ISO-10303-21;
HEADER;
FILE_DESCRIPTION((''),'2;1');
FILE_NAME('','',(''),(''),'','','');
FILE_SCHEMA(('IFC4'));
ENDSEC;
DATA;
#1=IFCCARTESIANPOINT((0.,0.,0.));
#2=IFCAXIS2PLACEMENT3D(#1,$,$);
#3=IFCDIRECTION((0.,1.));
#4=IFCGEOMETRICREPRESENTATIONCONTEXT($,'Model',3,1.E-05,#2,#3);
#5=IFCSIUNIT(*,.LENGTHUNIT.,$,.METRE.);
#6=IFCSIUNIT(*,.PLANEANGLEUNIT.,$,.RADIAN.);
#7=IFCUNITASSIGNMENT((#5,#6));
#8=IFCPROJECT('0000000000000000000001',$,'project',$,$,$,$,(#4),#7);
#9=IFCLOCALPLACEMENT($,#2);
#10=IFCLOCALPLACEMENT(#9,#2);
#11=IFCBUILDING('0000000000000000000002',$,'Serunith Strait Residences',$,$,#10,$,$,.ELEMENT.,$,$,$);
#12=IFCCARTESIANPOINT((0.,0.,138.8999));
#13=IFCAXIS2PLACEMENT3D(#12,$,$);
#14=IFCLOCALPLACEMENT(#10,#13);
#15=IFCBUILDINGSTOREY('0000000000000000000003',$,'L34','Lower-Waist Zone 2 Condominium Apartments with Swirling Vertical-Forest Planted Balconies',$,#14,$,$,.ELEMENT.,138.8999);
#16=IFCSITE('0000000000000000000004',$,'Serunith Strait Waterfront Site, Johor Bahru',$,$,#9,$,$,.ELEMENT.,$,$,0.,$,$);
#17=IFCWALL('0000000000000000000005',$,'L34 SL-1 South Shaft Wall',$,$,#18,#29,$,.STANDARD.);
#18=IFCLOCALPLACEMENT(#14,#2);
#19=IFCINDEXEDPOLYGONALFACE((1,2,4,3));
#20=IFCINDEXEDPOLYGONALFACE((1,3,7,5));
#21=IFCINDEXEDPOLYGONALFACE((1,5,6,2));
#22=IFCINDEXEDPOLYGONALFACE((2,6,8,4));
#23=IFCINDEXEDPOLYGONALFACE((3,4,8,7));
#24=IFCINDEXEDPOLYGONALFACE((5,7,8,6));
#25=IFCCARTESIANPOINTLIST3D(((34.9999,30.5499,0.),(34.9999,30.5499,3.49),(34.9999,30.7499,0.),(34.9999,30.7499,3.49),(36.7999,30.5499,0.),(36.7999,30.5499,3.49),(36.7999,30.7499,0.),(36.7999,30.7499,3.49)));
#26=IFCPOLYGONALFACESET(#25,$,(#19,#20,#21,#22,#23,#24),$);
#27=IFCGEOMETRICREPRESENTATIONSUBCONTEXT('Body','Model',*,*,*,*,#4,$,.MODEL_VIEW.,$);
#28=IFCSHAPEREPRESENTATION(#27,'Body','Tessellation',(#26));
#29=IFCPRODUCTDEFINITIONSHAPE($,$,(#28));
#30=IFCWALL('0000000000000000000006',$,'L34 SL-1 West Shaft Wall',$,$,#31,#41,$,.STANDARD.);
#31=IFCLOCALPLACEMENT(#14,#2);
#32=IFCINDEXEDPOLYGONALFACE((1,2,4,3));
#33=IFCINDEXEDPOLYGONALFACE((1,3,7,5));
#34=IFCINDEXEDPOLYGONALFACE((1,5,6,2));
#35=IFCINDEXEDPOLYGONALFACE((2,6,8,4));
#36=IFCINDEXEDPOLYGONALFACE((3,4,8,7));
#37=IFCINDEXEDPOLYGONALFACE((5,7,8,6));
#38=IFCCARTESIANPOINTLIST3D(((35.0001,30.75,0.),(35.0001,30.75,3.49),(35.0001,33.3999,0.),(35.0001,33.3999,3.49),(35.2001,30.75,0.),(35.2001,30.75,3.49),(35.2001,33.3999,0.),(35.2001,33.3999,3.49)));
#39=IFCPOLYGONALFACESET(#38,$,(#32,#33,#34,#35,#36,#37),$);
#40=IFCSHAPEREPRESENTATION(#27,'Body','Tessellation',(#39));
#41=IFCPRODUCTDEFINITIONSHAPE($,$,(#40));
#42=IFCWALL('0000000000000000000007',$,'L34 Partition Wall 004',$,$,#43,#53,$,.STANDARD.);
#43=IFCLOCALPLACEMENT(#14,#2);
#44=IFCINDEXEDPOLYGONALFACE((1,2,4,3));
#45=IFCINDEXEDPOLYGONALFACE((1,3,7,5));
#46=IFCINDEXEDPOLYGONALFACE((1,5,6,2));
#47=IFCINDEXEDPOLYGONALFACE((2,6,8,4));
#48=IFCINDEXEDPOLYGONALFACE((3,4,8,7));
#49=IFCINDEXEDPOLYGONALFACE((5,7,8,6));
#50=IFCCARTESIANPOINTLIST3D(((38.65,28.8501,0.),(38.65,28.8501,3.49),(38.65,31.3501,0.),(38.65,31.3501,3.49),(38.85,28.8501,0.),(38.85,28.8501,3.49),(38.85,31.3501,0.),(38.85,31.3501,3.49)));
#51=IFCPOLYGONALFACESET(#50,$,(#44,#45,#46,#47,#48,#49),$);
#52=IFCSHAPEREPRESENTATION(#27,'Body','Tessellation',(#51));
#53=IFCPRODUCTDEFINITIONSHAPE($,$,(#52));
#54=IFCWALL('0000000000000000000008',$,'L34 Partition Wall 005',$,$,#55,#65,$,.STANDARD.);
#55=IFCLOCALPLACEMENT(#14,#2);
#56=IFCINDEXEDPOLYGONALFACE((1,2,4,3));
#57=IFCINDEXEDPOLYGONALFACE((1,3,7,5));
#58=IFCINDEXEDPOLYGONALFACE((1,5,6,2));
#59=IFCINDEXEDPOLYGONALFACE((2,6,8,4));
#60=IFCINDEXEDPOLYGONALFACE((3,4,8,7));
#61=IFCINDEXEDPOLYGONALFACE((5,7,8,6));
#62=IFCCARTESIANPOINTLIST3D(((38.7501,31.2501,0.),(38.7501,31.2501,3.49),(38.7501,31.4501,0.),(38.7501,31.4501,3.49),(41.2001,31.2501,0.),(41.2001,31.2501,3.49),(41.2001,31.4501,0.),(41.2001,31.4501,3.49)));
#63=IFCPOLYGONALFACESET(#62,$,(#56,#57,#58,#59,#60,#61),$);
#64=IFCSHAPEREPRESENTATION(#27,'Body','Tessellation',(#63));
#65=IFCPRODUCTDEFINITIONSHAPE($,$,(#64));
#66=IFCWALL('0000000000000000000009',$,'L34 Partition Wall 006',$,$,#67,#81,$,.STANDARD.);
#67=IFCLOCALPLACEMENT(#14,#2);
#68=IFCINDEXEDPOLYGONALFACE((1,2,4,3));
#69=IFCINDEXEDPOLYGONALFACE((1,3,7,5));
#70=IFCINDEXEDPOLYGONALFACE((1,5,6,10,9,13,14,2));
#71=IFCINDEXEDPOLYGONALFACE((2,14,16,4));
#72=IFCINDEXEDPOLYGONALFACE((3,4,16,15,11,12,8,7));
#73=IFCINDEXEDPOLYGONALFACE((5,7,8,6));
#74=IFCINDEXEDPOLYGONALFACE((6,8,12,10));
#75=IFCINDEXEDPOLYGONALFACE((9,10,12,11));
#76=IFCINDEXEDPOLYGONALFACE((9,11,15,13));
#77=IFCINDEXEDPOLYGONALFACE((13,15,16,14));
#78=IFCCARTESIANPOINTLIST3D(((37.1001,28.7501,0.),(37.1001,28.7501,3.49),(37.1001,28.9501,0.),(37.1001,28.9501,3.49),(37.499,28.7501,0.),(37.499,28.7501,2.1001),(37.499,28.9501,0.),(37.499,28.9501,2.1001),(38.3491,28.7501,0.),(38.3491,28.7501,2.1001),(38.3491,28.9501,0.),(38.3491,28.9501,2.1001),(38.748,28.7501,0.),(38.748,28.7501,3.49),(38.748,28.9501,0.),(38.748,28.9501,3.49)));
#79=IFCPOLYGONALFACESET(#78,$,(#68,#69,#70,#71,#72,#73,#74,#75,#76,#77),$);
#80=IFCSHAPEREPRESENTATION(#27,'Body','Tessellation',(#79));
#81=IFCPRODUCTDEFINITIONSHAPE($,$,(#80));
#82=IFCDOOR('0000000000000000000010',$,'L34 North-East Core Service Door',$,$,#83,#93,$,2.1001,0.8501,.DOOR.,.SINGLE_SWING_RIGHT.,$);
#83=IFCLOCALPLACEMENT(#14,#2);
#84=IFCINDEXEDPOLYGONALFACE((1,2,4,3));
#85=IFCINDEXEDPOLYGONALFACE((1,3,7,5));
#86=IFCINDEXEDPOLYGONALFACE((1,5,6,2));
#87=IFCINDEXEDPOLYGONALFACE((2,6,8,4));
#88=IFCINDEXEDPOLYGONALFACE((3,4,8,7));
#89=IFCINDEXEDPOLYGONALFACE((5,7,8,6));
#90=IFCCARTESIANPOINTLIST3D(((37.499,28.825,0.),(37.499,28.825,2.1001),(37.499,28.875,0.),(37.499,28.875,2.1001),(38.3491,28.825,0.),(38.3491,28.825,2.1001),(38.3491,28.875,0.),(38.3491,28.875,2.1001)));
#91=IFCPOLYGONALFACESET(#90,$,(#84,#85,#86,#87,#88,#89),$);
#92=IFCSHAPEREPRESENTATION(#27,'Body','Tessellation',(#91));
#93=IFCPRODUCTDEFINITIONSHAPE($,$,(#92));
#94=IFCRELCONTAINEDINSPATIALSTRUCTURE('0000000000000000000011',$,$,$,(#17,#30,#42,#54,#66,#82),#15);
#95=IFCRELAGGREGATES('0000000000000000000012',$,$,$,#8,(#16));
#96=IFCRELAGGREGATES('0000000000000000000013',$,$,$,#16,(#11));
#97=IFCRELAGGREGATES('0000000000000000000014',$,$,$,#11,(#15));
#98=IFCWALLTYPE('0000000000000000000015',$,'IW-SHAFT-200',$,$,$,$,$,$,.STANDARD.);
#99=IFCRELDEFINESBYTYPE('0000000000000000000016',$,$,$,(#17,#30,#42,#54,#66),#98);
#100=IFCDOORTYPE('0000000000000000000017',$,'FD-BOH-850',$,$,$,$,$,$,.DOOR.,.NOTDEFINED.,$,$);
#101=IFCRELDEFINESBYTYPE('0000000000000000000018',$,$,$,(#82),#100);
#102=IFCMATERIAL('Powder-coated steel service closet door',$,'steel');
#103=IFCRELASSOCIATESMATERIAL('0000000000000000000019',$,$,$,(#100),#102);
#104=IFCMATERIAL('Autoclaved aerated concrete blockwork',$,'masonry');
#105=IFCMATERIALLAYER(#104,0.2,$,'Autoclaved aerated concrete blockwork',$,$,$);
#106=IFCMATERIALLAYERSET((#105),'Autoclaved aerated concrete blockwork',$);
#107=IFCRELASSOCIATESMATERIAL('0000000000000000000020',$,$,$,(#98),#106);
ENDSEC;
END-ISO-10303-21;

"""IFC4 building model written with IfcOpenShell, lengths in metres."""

from ifc_helpers import new_model, si_unit, direction, frame, frame_2d, origin, place, context, subcontext, project, spatial, rectangle, extrude, source, transform, mapped, material, layer, layer_set, type_object, element, fill, save


model = new_model("IFC4")

# Units and contexts
model_context = context("Model", 3, precision=1e-05, world=origin(), true_north=direction((0.0, 1.0)))
body_context = subcontext(model_context, "Body", "Model", "MODEL_VIEW")
ifc_project = project(units=[si_unit("LENGTHUNIT", "METRE"), si_unit("PLANEANGLEUNIT", "RADIAN")], contexts=[model_context])

# Site, building, storey
site_placement = place(None, origin())
site = spatial("IfcSite", under=ifc_project, at=site_placement, Name="Serunith Strait Waterfront Site, Johor Bahru", CompositionType="ELEMENT", RefElevation=0.0)
building_placement = place(site_placement, origin())
building = spatial("IfcBuilding", under=site, at=building_placement, Name="Serunith Strait Residences", CompositionType="ELEMENT")
storey_placement = place(building_placement, frame((0.0, 0.0, 138.8999)))
storey = spatial("IfcBuildingStorey", under=building, at=storey_placement, Name="L34", Description="Lower-Waist Zone 2 Condominium Apartments with Swirling Vertical-Forest Planted Balconies", CompositionType="ELEMENT", Elevation=138.8999)

# Shared definitions
ifc_material_1 = material(Name="Powder-coated steel service closet door", Category="steel")
door_type_1 = type_object("IfcDoorType", Name="FD-BOH-850", OperationType="NOTDEFINED", PredefinedType="DOOR", material=ifc_material_1)
shared_shape_1 = source(origin(), body_context, "Body", "SweptSolid", [
    extrude(rectangle(XDim=0.8501, YDim=2.1001, at=frame_2d((0.425, 1.05))), frame((0.0, 0.0249, 0.0), z_axis=(0.0, -1.0, 0.0), x_axis=(1.0, 0.0, 0.0)), (0.0, 0.0, 1.0), 0.05),
])
ifc_material_2 = material(Name="Autoclaved aerated concrete blockwork", Category="masonry")
ifc_layer_1 = layer(ifc_material_2, 0.2, Name="Autoclaved aerated concrete blockwork")
ifc_layer_set_1 = layer_set([ifc_layer_1], Name="Autoclaved aerated concrete blockwork")
wall_type_1 = type_object("IfcWallType", Name="IW-SHAFT-200", PredefinedType="STANDARD", material=ifc_layer_set_1)

# Walls
wall_1_placement = place(storey_placement, frame((35.0, 30.6499, 0.0), z_axis=(0.0, 0.0, 1.0), x_axis=(1.0, 0.0, 0.0)))
element("IfcWall", 1, at=wall_1_placement, inside=storey, type_object=wall_type_1, Name="L34 SL-1 South Shaft Wall", PredefinedType="STANDARD", context=body_context, shape_type="SweptSolid", body=[
    extrude(rectangle(XDim=1.8, YDim=0.2, at=frame_2d((0.8999, 0.0))), origin(), (0.0, 0.0, 1.0), 3.49),
])
wall_2_placement = place(storey_placement, frame((35.1001, 30.75, 0.0), z_axis=(0.0, 0.0, 1.0), x_axis=(0.0, 1.0, 0.0)))
element("IfcWall", 2, at=wall_2_placement, inside=storey, type_object=wall_type_1, Name="L34 SL-1 West Shaft Wall", PredefinedType="STANDARD", context=body_context, shape_type="SweptSolid", body=[
    extrude(rectangle(XDim=2.6499, YDim=0.2, at=frame_2d((1.325, 0.0))), origin(), (0.0, 0.0, 1.0), 3.49),
])
wall_3_placement = place(storey_placement, frame((38.75, 28.8501, 0.0), z_axis=(0.0, 0.0, 1.0), x_axis=(0.0, 1.0, 0.0)))
element("IfcWall", 3, at=wall_3_placement, inside=storey, type_object=wall_type_1, Name="L34 Partition Wall 004", PredefinedType="STANDARD", context=body_context, shape_type="SweptSolid", body=[
    extrude(rectangle(XDim=2.5, YDim=0.2, at=frame_2d((1.25, 0.0))), origin(), (0.0, 0.0, 1.0), 3.49),
])
wall_4_placement = place(storey_placement, frame((38.75, 31.3501, 0.0), z_axis=(0.0, 0.0, 1.0), x_axis=(1.0, 0.0, 0.0)))
element("IfcWall", 4, at=wall_4_placement, inside=storey, type_object=wall_type_1, Name="L34 Partition Wall 005", PredefinedType="STANDARD", context=body_context, shape_type="SweptSolid", body=[
    extrude(rectangle(XDim=2.45, YDim=0.2, at=frame_2d((1.2251, 0.0))), origin(), (0.0, 0.0, 1.0), 3.49),
])

# Wall, opening, door
wall_5_placement = place(storey_placement, frame((37.1001, 28.8501, 0.0), z_axis=(0.0, 0.0, 1.0), x_axis=(1.0, 0.0, 0.0)))
wall_5 = element("IfcWall", 5, at=wall_5_placement, inside=storey, type_object=wall_type_1, Name="L34 Partition Wall 006", PredefinedType="STANDARD", context=body_context, shape_type="SweptSolid", body=[
    extrude(rectangle(XDim=1.6479, YDim=0.2, at=frame_2d((0.824, 0.0))), origin(), (0.0, 0.0, 1.0), 3.49),
])
opening_1_placement = place(wall_5_placement, frame((0.3989, 0.0, 0.0)))
opening_1 = element("IfcOpeningElement", 6, at=opening_1_placement, cuts=wall_5, PredefinedType="OPENING", context=body_context, shape_type="SweptSolid", body=[
    extrude(rectangle(XDim=0.8501, YDim=2.1001, at=frame_2d((0.425, 1.05))), frame((0.0, 0.1099, 0.0), z_axis=(0.0, -1.0, 0.0), x_axis=(1.0, 0.0, 0.0)), (0.0, 0.0, 1.0), 0.22),
])
door_1_placement = place(opening_1_placement, origin())
door_1 = element("IfcDoor", 7, at=door_1_placement, inside=storey, type_object=door_type_1, Name="L34 North-East Core Service Door", OperationType="SINGLE_SWING_RIGHT", OverallHeight=2.1001, OverallWidth=0.8501, PredefinedType="DOOR", context=body_context, shape_type="MappedRepresentation", body=[
    mapped(shared_shape_1, transform((0.0, 0.0, 0.0), scale=1.0)),
])
fill(opening_1, door_1)

save(model, "model.ifc")
